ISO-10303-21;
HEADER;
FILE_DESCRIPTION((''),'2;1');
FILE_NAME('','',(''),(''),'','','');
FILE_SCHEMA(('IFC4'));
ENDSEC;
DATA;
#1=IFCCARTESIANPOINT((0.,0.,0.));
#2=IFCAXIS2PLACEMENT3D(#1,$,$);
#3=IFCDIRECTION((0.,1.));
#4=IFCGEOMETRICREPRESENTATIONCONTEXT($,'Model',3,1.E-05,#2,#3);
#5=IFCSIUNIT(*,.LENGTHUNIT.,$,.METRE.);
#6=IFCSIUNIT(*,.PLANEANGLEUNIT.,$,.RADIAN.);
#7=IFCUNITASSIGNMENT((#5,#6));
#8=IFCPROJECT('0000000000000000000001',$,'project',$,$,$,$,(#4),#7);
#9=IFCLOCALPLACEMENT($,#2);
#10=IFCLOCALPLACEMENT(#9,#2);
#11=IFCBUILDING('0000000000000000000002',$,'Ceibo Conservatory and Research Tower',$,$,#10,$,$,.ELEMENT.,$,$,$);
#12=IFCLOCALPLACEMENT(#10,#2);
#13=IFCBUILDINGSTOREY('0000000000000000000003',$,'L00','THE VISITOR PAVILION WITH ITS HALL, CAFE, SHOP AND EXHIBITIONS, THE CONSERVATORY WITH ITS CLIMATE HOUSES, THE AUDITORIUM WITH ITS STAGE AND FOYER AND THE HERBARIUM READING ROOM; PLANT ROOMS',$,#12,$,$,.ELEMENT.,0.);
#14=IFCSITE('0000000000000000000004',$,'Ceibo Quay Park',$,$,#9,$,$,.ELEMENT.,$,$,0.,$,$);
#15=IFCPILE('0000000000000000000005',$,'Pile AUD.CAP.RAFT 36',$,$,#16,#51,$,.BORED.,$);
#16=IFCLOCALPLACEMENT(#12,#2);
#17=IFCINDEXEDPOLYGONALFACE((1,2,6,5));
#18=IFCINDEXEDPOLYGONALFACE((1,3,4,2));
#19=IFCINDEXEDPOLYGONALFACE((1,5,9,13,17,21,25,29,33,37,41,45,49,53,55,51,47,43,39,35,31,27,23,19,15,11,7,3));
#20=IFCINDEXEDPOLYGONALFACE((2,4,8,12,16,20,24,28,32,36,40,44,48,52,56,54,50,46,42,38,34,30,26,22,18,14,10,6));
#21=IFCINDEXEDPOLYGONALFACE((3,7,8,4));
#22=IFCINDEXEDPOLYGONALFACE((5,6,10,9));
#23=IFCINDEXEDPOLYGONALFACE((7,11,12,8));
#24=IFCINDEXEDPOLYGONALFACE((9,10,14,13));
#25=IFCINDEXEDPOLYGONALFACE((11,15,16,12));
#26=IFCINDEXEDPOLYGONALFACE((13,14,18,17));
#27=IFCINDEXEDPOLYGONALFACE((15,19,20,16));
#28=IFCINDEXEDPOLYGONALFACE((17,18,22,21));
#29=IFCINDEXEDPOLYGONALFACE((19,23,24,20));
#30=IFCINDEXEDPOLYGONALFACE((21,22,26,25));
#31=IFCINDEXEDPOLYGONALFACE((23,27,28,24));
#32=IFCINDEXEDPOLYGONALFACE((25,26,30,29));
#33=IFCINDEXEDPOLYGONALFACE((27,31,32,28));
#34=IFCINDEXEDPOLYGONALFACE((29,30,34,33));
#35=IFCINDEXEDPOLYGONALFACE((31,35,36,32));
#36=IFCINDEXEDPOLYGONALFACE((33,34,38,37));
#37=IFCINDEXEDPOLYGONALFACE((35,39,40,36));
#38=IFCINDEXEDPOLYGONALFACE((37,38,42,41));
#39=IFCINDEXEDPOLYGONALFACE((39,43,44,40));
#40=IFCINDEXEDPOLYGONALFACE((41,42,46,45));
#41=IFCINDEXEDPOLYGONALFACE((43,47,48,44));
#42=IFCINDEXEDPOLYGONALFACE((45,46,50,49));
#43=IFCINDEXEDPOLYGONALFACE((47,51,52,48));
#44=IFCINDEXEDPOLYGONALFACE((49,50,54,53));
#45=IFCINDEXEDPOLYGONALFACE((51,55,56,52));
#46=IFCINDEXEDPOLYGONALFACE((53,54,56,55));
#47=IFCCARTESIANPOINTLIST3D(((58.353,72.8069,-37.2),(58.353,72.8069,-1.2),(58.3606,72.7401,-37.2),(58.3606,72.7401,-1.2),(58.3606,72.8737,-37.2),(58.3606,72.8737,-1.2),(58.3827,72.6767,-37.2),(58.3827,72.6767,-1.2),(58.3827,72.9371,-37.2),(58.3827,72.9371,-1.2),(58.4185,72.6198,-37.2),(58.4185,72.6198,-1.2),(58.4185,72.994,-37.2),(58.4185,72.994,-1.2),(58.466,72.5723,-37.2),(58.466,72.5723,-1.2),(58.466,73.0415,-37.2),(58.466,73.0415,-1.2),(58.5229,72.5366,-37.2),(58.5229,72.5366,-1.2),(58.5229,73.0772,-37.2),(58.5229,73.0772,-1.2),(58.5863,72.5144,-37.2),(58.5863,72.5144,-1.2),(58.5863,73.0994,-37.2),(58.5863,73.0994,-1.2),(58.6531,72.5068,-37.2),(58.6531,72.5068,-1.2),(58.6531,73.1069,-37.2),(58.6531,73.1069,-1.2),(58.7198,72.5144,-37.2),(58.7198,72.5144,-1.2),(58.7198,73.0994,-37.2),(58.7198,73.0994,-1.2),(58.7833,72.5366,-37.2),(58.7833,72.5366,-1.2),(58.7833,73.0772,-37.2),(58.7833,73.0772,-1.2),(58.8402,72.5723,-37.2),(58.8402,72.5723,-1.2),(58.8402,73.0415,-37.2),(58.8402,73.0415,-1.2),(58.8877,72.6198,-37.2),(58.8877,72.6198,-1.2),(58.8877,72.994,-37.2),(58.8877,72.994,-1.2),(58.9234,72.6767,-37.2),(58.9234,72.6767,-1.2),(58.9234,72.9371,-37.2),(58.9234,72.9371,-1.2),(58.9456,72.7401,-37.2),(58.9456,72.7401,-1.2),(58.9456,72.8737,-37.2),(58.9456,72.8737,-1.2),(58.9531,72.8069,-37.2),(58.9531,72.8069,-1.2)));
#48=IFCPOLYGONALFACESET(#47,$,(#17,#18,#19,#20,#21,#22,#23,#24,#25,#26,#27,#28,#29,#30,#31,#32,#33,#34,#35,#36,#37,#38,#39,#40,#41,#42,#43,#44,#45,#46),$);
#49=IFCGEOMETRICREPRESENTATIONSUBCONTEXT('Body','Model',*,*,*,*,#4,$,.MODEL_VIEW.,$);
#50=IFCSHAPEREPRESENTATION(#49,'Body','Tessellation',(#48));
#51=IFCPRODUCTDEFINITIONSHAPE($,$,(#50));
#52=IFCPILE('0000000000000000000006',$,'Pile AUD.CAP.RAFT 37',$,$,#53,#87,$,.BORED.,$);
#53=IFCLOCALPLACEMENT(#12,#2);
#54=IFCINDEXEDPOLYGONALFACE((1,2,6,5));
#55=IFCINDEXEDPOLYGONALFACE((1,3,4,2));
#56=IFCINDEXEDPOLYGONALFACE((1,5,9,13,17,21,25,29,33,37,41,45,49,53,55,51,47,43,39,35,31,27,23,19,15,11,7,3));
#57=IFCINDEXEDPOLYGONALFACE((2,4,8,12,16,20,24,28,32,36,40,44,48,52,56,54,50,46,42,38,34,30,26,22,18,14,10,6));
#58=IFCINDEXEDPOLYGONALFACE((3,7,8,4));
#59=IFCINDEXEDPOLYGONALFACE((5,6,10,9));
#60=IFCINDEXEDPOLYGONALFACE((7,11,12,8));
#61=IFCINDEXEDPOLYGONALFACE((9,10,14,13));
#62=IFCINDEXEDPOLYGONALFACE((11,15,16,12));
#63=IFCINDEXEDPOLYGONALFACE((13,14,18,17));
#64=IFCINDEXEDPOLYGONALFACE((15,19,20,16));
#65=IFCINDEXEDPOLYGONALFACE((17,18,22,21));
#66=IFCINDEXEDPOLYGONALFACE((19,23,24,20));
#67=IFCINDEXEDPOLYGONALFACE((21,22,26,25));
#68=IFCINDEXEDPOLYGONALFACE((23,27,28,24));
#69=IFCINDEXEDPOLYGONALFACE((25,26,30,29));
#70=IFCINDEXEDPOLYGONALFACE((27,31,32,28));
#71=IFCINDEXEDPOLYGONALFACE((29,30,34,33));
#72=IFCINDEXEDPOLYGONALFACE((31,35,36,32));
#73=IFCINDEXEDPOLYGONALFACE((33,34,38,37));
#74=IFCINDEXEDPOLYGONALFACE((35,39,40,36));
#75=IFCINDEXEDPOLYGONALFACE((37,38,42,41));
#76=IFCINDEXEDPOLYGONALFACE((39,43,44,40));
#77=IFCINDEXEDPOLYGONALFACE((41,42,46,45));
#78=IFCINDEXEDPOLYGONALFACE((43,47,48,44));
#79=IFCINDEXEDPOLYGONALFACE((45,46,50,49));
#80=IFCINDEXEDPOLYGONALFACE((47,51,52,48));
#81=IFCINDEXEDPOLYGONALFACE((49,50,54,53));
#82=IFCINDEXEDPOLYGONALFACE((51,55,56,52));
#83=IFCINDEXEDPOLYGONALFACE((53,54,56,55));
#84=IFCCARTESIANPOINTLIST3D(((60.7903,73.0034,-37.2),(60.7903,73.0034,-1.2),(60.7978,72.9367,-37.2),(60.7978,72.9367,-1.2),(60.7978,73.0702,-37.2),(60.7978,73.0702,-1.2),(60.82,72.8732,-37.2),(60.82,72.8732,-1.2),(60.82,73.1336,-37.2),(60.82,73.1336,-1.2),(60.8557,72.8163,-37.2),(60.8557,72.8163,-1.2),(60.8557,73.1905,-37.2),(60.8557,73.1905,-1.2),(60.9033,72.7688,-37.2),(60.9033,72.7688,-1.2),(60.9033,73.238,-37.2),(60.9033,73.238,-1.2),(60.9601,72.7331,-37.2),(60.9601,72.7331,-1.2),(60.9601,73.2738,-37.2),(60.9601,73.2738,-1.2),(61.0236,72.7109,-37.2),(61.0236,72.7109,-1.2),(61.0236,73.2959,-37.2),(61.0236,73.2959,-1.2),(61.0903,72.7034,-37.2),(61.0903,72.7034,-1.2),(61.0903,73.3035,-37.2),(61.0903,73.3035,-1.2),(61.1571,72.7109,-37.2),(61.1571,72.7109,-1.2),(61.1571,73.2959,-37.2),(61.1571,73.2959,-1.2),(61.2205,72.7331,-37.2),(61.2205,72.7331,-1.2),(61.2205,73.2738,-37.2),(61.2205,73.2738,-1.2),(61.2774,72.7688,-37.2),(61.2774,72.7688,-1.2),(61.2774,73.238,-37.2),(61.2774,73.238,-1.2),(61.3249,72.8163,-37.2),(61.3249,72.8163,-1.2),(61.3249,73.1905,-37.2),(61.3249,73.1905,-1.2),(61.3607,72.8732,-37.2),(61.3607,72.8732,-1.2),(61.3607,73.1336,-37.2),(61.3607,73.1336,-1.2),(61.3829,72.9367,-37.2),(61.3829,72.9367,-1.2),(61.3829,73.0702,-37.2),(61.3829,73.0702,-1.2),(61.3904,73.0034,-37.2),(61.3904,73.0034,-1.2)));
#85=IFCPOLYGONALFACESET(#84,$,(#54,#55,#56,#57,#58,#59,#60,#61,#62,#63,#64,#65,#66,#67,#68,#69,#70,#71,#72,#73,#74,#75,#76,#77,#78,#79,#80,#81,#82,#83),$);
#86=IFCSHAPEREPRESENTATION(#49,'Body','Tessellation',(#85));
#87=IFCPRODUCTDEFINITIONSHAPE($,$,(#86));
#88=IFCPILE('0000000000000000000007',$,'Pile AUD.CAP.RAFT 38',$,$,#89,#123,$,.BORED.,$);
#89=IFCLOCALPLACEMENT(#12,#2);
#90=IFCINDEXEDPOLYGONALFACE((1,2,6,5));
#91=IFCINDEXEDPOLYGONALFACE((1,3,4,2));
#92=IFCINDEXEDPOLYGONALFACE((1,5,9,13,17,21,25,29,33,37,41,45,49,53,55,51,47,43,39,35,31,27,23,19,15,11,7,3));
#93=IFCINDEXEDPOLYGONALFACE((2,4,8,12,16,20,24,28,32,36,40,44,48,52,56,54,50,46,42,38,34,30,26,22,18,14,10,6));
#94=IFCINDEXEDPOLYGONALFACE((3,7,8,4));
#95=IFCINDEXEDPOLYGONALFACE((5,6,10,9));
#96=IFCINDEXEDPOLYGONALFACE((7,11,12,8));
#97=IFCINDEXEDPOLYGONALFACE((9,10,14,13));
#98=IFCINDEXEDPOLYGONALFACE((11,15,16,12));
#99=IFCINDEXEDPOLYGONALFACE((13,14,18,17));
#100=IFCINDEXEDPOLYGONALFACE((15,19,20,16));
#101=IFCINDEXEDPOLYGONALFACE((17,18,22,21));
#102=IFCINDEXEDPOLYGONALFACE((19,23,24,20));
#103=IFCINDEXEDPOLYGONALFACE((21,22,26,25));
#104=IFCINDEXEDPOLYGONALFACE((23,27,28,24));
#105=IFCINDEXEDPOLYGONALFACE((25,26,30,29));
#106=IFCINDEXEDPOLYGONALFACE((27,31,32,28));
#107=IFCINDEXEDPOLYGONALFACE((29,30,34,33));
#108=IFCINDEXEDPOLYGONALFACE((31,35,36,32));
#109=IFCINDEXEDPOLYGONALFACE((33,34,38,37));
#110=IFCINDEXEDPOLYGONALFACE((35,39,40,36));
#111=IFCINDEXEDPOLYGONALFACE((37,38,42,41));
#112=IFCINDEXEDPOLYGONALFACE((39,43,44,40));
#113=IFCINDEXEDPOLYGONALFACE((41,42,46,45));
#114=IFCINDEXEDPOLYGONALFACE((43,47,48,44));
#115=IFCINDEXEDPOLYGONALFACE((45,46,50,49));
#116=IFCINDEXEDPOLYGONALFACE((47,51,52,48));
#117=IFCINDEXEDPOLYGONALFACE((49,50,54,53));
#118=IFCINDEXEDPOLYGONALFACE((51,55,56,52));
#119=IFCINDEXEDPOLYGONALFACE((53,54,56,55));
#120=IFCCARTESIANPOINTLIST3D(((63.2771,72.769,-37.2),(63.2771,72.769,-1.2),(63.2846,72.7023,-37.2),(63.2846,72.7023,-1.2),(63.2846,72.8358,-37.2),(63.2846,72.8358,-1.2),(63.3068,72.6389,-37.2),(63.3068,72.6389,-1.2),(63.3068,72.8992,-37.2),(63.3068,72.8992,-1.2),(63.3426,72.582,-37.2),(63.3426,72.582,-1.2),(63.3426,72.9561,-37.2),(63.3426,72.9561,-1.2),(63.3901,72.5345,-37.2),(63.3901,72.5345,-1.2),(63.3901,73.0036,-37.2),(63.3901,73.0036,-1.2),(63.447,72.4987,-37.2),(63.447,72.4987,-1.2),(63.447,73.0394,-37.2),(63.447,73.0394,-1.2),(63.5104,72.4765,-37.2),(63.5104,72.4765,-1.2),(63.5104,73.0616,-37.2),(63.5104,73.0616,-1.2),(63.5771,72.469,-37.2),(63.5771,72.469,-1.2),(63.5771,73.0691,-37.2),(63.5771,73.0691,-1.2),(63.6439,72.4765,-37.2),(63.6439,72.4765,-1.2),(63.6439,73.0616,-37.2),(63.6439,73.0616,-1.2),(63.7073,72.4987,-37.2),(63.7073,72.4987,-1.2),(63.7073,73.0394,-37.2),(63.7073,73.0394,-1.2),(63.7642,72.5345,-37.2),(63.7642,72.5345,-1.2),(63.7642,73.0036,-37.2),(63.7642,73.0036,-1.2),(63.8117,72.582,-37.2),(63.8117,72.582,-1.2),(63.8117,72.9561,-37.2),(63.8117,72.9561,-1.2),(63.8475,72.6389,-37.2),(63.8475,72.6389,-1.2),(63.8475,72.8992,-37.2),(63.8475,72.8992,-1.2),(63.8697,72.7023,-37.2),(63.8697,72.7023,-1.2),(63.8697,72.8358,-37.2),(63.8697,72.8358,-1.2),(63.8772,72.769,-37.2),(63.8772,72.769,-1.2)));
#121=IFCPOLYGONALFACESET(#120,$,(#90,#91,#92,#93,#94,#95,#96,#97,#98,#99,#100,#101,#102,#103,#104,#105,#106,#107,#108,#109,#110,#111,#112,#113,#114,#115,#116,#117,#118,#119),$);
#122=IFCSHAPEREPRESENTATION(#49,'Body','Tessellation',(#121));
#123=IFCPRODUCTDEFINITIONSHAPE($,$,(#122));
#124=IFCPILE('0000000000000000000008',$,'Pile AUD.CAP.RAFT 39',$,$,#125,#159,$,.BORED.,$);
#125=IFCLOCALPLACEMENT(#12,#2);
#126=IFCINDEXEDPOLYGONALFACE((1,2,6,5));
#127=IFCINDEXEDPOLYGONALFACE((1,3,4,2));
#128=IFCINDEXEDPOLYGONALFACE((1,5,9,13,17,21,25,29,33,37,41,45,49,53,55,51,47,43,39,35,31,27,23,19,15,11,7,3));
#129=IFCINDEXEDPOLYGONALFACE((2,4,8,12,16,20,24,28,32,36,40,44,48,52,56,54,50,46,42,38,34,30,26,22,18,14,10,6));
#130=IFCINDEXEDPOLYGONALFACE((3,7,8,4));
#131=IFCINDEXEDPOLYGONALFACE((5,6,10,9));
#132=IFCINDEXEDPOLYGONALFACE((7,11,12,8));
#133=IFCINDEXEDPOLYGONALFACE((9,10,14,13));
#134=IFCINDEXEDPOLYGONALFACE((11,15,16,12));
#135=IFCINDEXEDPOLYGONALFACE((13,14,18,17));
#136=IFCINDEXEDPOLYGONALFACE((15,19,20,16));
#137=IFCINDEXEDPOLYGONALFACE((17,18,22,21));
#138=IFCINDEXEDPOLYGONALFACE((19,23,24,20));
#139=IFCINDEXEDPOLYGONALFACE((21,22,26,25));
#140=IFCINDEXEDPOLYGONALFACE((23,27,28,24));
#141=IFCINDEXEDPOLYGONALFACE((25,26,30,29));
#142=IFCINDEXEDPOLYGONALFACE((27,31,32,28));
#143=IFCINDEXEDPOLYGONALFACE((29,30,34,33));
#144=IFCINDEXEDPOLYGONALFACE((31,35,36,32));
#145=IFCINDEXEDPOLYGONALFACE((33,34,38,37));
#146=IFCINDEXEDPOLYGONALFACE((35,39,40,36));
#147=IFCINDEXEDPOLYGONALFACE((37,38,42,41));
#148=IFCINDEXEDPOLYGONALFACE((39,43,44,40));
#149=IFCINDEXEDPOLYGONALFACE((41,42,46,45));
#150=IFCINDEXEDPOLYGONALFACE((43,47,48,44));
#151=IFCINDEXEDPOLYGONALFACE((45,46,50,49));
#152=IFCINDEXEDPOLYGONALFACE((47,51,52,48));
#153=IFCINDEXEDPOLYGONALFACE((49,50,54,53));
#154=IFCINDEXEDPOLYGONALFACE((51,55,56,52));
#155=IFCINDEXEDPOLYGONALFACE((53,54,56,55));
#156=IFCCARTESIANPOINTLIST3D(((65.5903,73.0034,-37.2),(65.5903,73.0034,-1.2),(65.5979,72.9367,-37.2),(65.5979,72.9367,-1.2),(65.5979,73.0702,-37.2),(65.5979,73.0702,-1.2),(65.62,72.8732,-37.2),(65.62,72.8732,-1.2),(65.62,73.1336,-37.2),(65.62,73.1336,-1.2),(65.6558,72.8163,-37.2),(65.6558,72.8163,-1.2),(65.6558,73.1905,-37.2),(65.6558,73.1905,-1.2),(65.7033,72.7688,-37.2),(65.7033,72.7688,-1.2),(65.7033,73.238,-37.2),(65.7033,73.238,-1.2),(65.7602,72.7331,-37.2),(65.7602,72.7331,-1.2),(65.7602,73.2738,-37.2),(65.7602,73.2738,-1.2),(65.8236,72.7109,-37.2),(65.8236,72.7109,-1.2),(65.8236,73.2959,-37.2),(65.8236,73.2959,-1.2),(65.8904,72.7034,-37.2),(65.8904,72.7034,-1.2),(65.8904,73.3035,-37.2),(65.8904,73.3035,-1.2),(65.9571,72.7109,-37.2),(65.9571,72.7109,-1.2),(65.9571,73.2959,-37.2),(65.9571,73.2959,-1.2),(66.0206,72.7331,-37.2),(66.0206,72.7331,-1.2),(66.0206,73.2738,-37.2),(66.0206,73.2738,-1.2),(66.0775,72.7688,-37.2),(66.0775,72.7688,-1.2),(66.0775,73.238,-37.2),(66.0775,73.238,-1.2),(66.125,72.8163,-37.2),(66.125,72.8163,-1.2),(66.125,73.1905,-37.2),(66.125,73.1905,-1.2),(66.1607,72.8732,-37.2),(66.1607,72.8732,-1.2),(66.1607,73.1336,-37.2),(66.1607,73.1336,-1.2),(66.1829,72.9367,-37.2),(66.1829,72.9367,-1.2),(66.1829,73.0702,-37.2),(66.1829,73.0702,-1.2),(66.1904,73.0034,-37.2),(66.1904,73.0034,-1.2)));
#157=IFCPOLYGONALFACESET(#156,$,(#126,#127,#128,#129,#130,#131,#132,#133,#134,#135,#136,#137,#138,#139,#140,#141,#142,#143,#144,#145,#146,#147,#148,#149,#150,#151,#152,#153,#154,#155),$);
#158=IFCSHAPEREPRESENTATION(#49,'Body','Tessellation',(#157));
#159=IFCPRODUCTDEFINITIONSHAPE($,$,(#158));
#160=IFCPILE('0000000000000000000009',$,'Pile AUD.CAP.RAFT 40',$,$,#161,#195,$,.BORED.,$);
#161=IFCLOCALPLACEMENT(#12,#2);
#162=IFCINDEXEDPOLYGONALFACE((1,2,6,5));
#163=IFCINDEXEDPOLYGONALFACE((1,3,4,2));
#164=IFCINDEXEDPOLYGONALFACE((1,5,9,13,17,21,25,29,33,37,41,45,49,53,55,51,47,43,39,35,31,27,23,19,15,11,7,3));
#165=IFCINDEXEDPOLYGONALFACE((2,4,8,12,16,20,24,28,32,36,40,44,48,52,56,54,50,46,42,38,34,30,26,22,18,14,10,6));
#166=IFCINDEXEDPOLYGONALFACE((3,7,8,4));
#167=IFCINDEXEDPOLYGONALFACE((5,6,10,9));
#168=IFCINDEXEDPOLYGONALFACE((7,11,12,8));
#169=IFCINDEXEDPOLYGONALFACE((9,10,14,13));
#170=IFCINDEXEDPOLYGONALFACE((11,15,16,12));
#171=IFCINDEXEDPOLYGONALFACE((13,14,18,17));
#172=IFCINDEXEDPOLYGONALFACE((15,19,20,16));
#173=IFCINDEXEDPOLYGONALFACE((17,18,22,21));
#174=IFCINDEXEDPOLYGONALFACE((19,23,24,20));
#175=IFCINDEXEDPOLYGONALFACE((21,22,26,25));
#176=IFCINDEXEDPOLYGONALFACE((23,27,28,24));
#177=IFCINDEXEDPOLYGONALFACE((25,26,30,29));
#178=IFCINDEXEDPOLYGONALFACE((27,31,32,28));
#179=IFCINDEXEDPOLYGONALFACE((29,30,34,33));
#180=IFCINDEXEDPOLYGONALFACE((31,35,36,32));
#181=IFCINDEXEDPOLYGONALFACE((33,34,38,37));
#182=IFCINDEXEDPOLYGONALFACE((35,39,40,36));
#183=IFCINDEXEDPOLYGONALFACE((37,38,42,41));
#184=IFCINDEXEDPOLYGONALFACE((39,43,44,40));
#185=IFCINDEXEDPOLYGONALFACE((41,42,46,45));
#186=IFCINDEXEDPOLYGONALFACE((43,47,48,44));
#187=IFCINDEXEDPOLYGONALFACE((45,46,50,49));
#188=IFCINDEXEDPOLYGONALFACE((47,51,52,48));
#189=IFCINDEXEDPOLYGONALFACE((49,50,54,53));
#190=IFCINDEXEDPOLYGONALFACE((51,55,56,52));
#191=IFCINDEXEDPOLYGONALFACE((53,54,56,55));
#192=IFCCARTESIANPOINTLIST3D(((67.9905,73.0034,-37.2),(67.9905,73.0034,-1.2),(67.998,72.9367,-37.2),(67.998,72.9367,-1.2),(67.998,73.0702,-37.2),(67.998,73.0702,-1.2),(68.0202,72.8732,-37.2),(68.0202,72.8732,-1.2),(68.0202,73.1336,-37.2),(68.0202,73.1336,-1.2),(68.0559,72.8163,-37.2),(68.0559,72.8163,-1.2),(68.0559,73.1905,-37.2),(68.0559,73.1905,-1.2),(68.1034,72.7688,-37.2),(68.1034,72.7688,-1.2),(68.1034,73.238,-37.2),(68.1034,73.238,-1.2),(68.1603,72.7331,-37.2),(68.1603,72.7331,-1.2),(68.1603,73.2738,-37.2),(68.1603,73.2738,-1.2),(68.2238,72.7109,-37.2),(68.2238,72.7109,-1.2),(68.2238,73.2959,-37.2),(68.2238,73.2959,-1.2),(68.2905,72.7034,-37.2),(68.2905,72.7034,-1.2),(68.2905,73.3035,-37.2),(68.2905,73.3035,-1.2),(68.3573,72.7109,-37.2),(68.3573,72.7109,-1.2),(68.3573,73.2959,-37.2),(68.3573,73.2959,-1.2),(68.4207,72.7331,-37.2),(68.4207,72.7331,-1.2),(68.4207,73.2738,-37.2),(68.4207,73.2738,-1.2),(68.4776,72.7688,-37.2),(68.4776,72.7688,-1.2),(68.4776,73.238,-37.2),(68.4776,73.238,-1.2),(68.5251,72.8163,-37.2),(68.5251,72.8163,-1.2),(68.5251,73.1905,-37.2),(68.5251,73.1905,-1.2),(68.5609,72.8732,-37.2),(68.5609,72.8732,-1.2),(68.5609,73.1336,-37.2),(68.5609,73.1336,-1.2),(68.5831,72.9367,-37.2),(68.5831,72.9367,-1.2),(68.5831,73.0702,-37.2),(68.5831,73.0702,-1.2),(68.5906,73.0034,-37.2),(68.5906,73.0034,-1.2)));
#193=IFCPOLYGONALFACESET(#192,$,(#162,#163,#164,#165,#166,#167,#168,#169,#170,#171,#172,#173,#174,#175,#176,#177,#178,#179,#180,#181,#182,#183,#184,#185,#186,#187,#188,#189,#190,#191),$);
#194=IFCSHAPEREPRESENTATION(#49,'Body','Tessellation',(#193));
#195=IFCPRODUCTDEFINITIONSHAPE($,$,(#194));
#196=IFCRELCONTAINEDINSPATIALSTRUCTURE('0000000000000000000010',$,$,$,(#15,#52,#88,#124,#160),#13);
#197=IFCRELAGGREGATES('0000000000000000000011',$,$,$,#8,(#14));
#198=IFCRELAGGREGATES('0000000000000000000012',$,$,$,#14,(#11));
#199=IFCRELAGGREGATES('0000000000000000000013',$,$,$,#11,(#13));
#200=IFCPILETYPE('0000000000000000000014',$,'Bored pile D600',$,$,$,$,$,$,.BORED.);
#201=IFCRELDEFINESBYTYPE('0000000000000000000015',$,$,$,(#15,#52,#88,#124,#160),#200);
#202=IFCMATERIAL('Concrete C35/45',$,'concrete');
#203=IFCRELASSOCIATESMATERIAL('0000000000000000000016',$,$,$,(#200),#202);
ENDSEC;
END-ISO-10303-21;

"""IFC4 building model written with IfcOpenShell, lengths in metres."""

from ifc_helpers import new_model, si_unit, direction, frame, origin, origin_2d, place, context, subcontext, project, spatial, circle, extrude, material, material_profile, profile_set, type_object, element, save


model = new_model("IFC4")

# Units and contexts
model_context = context("Model", 3, precision=1e-05, world=origin(), true_north=direction((0.0, 1.0)))
body_context = subcontext(model_context, "Body", "Model", "MODEL_VIEW")
ifc_project = project(units=[si_unit("LENGTHUNIT", "METRE"), si_unit("PLANEANGLEUNIT", "RADIAN")], contexts=[model_context])

# Site, building, storey
site_placement = place(None, origin())
site = spatial("IfcSite", under=ifc_project, at=site_placement, Name="Ceibo Quay Park", CompositionType="ELEMENT", RefElevation=0.0)
building_placement = place(site_placement, origin())
building = spatial("IfcBuilding", under=site, at=building_placement, Name="Ceibo Conservatory and Research Tower", CompositionType="ELEMENT")
storey_placement = place(building_placement, origin())
storey = spatial("IfcBuildingStorey", under=building, at=storey_placement, Name="L00", Description="THE VISITOR PAVILION WITH ITS HALL, CAFE, SHOP AND EXHIBITIONS, THE CONSERVATORY WITH ITS CLIMATE HOUSES, THE AUDITORIUM WITH ITS STAGE AND FOYER AND THE HERBARIUM READING ROOM; PLANT ROOMS", CompositionType="ELEMENT", Elevation=0.0)

# Piles
ifc_material_1 = material(Name="Concrete C35/45", Category="concrete")
ifc_material_profile_1 = material_profile(ifc_material_1, circle(Radius=0.3, at=origin_2d()), Name="RC D600")
ifc_profile_set_1 = profile_set([ifc_material_profile_1], Name="Concrete C35/45")
pile_type = type_object("IfcPileType", Name="Bored pile D600", PredefinedType="BORED", material=ifc_profile_set_1)
for number, where, z_axis, x_axis, name in (
    (1, (58.6531, 72.8069, -1.2), (0.0, 0.0, -1.0), (1.0, 0.0, 0.0), "Pile AUD.CAP.RAFT 36"),
    (2, (61.0903, 73.0034, -1.2), (0.0, 0.0, -1.0), (1.0, 0.0, 0.0), "Pile AUD.CAP.RAFT 37"),
    (3, (63.5771, 72.769, -1.2), (0.0, 0.0, -1.0), (1.0, 0.0, 0.0), "Pile AUD.CAP.RAFT 38"),
    (4, (65.8904, 73.0034, -1.2), (0.0, 0.0, -1.0), (1.0, 0.0, 0.0), "Pile AUD.CAP.RAFT 39"),
    (5, (68.2905, 73.0034, -1.2), (0.0, 0.0, -1.0), (1.0, 0.0, 0.0), "Pile AUD.CAP.RAFT 40"),
):
    element("IfcPile", number, at=place(storey_placement, frame(where, z_axis=z_axis, x_axis=x_axis)), inside=storey, type_object=pile_type, Name=name, PredefinedType="BORED", context=body_context, shape_type="SweptSolid", body=[
        extrude(circle(Radius=0.3, at=origin_2d()), origin(), (0.0, 0.0, 1.0), 36.0),
    ])

save(model, "model.ifc")
